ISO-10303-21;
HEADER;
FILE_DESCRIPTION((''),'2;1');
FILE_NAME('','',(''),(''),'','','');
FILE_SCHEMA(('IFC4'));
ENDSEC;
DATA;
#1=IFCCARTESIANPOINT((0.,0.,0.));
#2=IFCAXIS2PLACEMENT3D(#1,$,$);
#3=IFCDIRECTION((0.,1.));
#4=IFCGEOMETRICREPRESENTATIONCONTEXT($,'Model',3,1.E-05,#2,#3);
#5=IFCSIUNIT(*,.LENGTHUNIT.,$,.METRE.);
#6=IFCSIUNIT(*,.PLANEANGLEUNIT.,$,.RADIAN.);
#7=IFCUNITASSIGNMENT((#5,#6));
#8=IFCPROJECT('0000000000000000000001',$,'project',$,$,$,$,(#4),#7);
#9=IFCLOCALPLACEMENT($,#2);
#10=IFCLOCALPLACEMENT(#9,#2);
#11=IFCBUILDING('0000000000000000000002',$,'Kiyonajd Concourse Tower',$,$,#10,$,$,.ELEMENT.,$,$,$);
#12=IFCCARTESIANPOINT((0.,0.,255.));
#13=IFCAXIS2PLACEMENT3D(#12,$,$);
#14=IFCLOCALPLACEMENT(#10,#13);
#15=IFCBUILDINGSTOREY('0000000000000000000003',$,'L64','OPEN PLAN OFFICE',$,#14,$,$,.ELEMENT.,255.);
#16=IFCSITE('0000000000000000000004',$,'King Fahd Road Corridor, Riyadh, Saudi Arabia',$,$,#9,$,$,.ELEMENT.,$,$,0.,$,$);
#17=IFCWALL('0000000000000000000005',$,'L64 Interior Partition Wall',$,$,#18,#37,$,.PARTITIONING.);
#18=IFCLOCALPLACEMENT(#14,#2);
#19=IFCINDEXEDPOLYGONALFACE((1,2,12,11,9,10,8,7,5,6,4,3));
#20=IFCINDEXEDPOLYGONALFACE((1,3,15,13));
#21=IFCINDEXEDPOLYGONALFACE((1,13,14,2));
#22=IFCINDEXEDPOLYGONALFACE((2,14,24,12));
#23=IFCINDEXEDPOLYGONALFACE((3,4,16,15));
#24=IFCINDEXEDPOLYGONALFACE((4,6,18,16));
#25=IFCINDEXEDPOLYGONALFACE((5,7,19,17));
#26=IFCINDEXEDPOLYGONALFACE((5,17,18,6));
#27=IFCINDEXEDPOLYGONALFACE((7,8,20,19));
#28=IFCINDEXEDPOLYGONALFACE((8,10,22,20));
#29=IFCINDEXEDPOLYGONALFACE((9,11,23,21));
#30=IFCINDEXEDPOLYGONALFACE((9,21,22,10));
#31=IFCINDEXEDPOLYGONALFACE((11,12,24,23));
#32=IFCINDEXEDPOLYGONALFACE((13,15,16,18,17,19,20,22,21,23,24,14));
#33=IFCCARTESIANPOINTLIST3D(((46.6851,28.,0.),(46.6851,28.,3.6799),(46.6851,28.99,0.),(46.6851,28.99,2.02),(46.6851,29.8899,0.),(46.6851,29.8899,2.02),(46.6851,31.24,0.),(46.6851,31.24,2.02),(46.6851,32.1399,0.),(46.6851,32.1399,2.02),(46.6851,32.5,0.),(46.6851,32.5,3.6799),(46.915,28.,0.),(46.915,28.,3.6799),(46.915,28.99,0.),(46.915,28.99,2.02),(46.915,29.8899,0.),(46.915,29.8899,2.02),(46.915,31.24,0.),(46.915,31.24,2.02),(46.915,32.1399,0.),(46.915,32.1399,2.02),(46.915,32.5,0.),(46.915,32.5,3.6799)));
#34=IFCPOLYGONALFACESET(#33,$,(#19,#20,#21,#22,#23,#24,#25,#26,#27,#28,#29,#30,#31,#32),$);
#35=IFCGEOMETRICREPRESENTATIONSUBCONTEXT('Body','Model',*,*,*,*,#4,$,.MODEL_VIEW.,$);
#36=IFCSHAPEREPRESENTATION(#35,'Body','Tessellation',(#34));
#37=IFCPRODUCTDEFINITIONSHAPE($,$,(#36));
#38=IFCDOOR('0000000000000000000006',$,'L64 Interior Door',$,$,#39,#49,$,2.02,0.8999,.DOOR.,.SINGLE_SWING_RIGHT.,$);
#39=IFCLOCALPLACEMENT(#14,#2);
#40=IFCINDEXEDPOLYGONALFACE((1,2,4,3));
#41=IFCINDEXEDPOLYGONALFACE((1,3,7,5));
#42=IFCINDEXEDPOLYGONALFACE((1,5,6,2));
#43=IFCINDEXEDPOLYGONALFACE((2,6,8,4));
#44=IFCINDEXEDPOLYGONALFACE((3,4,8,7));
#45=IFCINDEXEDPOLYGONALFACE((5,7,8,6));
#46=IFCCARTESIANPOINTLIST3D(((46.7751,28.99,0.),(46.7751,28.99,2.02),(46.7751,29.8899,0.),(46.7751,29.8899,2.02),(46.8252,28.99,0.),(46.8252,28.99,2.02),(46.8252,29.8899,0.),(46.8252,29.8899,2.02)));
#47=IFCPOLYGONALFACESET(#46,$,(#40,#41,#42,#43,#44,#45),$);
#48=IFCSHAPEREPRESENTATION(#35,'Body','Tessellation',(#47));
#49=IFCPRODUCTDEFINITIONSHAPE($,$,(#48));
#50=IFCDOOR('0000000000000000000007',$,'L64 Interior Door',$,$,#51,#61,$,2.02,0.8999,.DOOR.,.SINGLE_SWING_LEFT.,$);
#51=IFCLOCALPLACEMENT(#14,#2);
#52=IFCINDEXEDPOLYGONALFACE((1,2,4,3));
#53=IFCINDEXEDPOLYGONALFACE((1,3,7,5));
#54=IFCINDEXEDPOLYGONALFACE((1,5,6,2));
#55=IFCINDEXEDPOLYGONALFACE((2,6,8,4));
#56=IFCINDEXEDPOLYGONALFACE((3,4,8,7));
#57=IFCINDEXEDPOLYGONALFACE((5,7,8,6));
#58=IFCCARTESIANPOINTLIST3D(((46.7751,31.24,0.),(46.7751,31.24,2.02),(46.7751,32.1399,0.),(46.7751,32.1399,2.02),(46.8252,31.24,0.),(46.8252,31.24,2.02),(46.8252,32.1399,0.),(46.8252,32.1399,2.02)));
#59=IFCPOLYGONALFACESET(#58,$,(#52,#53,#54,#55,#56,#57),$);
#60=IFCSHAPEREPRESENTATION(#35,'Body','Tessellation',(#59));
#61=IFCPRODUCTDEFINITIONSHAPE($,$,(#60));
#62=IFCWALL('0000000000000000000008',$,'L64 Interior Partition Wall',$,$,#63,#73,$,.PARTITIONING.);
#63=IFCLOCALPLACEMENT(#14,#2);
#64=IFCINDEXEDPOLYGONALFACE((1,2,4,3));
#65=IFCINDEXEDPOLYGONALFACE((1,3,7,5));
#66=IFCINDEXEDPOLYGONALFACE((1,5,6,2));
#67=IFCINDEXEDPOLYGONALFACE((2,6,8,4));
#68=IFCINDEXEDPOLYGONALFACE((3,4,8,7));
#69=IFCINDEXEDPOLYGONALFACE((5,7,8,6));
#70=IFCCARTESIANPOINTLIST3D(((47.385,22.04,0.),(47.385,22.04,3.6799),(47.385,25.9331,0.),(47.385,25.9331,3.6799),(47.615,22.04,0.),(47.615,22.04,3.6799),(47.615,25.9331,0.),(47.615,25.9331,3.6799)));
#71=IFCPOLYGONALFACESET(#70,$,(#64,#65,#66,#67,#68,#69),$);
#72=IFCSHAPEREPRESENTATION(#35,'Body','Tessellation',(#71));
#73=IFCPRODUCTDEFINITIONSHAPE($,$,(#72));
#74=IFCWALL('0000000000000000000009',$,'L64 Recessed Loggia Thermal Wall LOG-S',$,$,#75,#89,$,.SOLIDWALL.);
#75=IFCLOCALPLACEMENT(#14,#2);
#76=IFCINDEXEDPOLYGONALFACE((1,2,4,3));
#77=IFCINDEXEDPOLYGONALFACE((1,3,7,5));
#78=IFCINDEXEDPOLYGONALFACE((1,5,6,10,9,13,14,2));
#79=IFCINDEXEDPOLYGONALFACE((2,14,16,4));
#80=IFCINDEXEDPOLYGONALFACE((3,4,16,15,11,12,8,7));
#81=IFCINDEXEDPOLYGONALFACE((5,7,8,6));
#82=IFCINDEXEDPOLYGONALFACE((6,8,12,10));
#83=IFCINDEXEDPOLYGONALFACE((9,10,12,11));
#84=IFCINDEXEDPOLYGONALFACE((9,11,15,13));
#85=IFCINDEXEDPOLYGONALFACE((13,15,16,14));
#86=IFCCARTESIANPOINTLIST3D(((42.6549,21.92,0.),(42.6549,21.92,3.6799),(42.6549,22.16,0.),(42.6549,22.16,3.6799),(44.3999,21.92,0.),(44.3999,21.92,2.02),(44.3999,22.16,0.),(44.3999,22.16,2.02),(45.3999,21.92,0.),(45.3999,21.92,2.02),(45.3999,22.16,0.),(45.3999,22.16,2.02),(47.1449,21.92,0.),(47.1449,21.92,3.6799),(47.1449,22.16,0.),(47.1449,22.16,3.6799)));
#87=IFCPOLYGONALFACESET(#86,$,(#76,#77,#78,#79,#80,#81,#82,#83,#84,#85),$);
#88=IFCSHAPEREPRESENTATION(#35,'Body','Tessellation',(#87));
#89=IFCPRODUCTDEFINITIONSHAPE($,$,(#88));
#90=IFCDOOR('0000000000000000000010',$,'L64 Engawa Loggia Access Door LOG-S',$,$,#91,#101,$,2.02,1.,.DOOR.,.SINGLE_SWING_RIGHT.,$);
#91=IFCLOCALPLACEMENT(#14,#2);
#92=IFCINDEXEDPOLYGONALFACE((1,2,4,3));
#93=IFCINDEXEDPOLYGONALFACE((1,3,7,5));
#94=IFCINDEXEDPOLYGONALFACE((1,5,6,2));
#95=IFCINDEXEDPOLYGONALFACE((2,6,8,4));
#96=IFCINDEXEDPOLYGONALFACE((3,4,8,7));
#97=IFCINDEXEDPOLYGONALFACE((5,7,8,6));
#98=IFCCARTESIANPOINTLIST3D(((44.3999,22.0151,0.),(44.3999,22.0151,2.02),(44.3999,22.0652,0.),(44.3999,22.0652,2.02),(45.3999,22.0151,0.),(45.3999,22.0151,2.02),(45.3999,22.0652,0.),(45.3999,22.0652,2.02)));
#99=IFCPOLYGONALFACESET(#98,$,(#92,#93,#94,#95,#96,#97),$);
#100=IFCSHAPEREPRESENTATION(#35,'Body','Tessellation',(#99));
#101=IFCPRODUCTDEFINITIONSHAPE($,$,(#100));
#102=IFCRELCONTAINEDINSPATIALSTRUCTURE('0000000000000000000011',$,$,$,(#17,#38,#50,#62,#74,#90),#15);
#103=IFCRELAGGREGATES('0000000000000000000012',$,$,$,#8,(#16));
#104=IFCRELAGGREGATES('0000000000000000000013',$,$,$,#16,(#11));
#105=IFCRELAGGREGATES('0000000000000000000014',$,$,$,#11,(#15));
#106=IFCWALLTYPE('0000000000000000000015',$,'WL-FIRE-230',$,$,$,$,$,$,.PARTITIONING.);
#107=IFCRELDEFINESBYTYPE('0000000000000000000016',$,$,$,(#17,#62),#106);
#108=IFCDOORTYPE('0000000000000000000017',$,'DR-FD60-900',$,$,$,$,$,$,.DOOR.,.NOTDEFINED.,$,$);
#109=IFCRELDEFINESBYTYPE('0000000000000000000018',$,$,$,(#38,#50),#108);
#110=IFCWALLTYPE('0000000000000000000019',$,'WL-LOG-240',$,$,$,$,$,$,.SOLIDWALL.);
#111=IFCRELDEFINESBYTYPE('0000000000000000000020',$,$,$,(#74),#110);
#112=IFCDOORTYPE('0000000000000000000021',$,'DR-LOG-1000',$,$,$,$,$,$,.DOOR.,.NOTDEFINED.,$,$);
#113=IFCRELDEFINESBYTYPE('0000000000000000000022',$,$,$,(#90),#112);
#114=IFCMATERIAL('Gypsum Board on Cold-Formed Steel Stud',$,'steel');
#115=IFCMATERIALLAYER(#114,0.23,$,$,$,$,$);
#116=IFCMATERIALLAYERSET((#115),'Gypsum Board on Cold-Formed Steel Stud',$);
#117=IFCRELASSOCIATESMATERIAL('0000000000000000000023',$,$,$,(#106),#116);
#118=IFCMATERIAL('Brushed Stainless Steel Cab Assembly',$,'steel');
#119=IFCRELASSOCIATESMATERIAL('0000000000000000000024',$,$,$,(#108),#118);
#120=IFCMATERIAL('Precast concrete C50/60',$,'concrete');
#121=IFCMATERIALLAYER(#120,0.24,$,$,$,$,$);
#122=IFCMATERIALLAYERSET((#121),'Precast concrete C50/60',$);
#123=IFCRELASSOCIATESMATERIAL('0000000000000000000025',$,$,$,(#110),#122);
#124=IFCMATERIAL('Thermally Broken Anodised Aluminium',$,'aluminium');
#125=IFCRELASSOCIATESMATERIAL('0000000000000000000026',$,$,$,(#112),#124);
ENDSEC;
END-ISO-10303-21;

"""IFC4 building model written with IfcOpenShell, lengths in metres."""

from ifc_helpers import new_model, si_unit, direction, frame, frame_2d, origin, place, context, subcontext, project, spatial, rectangle, extrude, material, layer, layer_set, type_object, element, fill, save


model = new_model("IFC4")

# Units and contexts
model_context = context("Model", 3, precision=1e-05, world=origin(), true_north=direction((0.0, 1.0)))
body_context = subcontext(model_context, "Body", "Model", "MODEL_VIEW")
ifc_project = project(units=[si_unit("LENGTHUNIT", "METRE"), si_unit("PLANEANGLEUNIT", "RADIAN")], contexts=[model_context])

# Site, building, storey
site_placement = place(None, origin())
site = spatial("IfcSite", under=ifc_project, at=site_placement, Name="King Fahd Road Corridor, Riyadh, Saudi Arabia", CompositionType="ELEMENT", RefElevation=0.0)
building_placement = place(site_placement, origin())
building = spatial("IfcBuilding", under=site, at=building_placement, Name="Kiyonajd Concourse Tower", CompositionType="ELEMENT")
storey_placement = place(building_placement, frame((0.0, 0.0, 255.0)))
storey = spatial("IfcBuildingStorey", under=building, at=storey_placement, Name="L64", Description="OPEN PLAN OFFICE", CompositionType="ELEMENT", Elevation=255.0)

# Shared definitions
ifc_material_1 = material(Name="Thermally Broken Anodised Aluminium", Category="aluminium")

# Shared definitions
ifc_material_2 = material(Name="Brushed Stainless Steel Cab Assembly", Category="steel")

# Shared definitions
ifc_material_3 = material(Name="Precast concrete C50/60", Category="concrete")

# Wall, openings, doors
ifc_material_4 = material(Name="Gypsum Board on Cold-Formed Steel Stud", Category="steel")
ifc_layer_1 = layer(ifc_material_4, 0.23)
ifc_layer_set_1 = layer_set([ifc_layer_1], Name="Gypsum Board on Cold-Formed Steel Stud")
wall_type_1 = type_object("IfcWallType", Name="WL-FIRE-230", PredefinedType="PARTITIONING", material=ifc_layer_set_1)
wall_1_placement = place(storey_placement, frame((46.8, 28.0, 0.0), z_axis=(0.0, 0.0, 1.0), x_axis=(0.0, 1.0, 0.0)))
wall_1 = element("IfcWall", 1, at=wall_1_placement, inside=storey, type_object=wall_type_1, Name="L64 Interior Partition Wall", PredefinedType="PARTITIONING", context=body_context, shape_type="SweptSolid", body=[
    extrude(rectangle(XDim=4.5, YDim=0.23, at=frame_2d((2.25, 0.0))), origin(), (0.0, 0.0, 1.0), 3.6799),
])
opening_1_placement = place(wall_1_placement, frame((0.99, 0.0, 0.0)))
opening_1 = element("IfcOpeningElement", 2, at=opening_1_placement, cuts=wall_1, PredefinedType="OPENING", context=body_context, shape_type="SweptSolid", body=[
    extrude(rectangle(XDim=0.8999, YDim=2.02, at=frame_2d((0.45, 1.01))), frame((0.0, 0.125, 0.0), z_axis=(0.0, -1.0, 0.0), x_axis=(1.0, 0.0, 0.0)), (0.0, 0.0, 1.0), 0.25),
])
opening_2_placement = place(wall_1_placement, frame((3.24, 0.0, 0.0)))
opening_2 = element("IfcOpeningElement", 3, at=opening_2_placement, cuts=wall_1, PredefinedType="OPENING", context=body_context, shape_type="SweptSolid", body=[
    extrude(rectangle(XDim=0.8999, YDim=2.02, at=frame_2d((0.45, 1.01))), frame((0.0, 0.125, 0.0), z_axis=(0.0, -1.0, 0.0), x_axis=(1.0, 0.0, 0.0)), (0.0, 0.0, 1.0), 0.25),
])
door_type_1 = type_object("IfcDoorType", Name="DR-FD60-900", OperationType="NOTDEFINED", PredefinedType="DOOR", material=ifc_material_2)
door_1_placement = place(opening_1_placement, origin())
door_1 = element("IfcDoor", 4, at=door_1_placement, inside=storey, type_object=door_type_1, Name="L64 Interior Door", OperationType="SINGLE_SWING_RIGHT", OverallHeight=2.02, OverallWidth=0.8999, PredefinedType="DOOR", context=body_context, shape_type="SweptSolid", body=[
    extrude(rectangle(XDim=0.8999, YDim=2.02, at=frame_2d((0.45, 1.01))), frame((0.0, 0.0249, 0.0), z_axis=(0.0, -1.0, 0.0), x_axis=(1.0, 0.0, 0.0)), (0.0, 0.0, 1.0), 0.05),
])
fill(opening_1, door_1)
door_2_placement = place(opening_2_placement, origin())
door_2 = element("IfcDoor", 5, at=door_2_placement, inside=storey, type_object=door_type_1, Name="L64 Interior Door", OperationType="SINGLE_SWING_LEFT", OverallHeight=2.02, OverallWidth=0.8999, PredefinedType="DOOR", context=body_context, shape_type="SweptSolid", body=[
    extrude(rectangle(XDim=0.8999, YDim=2.02, at=frame_2d((0.45, 1.01))), frame((0.0, 0.0249, 0.0), z_axis=(0.0, -1.0, 0.0), x_axis=(1.0, 0.0, 0.0)), (0.0, 0.0, 1.0), 0.05),
])
fill(opening_2, door_2)

# Wall
wall_2_placement = place(storey_placement, frame((47.5, 22.04, 0.0), z_axis=(0.0, 0.0, 1.0), x_axis=(0.0, 1.0, 0.0)))
element("IfcWall", 6, at=wall_2_placement, inside=storey, type_object=wall_type_1, Name="L64 Interior Partition Wall", PredefinedType="PARTITIONING", context=body_context, shape_type="SweptSolid", body=[
    extrude(rectangle(XDim=3.8931, YDim=0.23, at=frame_2d((1.9465, 0.0))), origin(), (0.0, 0.0, 1.0), 3.6799),
])

# Wall, opening, door
ifc_layer_2 = layer(ifc_material_3, 0.24)
ifc_layer_set_2 = layer_set([ifc_layer_2], Name="Precast concrete C50/60")
wall_type_2 = type_object("IfcWallType", Name="WL-LOG-240", PredefinedType="SOLIDWALL", material=ifc_layer_set_2)
wall_3_placement = place(storey_placement, frame((47.145, 22.04, 0.0), z_axis=(0.0, 0.0, 1.0), x_axis=(-1.0, 0.0, 0.0)))
wall_3 = element("IfcWall", 7, at=wall_3_placement, inside=storey, type_object=wall_type_2, Name="L64 Recessed Loggia Thermal Wall LOG-S", PredefinedType="SOLIDWALL", context=body_context, shape_type="SweptSolid", body=[
    extrude(rectangle(XDim=4.49, YDim=0.24, at=frame_2d((2.2451, 0.0))), origin(), (0.0, 0.0, 1.0), 3.6799),
])
opening_3_placement = place(wall_3_placement, frame((1.7451, 0.0, 0.0)))
opening_3 = element("IfcOpeningElement", 8, at=opening_3_placement, cuts=wall_3, PredefinedType="OPENING", context=body_context, shape_type="SweptSolid", body=[
    extrude(rectangle(XDim=1.0, YDim=2.02, at=frame_2d((0.5, 1.01))), frame((0.0, 0.1299, 0.0), z_axis=(0.0, -1.0, 0.0), x_axis=(1.0, 0.0, 0.0)), (0.0, 0.0, 1.0), 0.26),
])
door_type_2 = type_object("IfcDoorType", Name="DR-LOG-1000", OperationType="NOTDEFINED", PredefinedType="DOOR", material=ifc_material_1)
door_3_placement = place(opening_3_placement, origin())
door_3 = element("IfcDoor", 9, at=door_3_placement, inside=storey, type_object=door_type_2, Name="L64 Engawa Loggia Access Door LOG-S", OperationType="SINGLE_SWING_RIGHT", OverallHeight=2.02, OverallWidth=1.0, PredefinedType="DOOR", context=body_context, shape_type="SweptSolid", body=[
    extrude(rectangle(XDim=1.0, YDim=2.02, at=frame_2d((0.5, 1.01))), frame((0.0, 0.0249, 0.0), z_axis=(0.0, -1.0, 0.0), x_axis=(1.0, 0.0, 0.0)), (0.0, 0.0, 1.0), 0.05),
])
fill(opening_3, door_3)

save(model, "model.ifc")
